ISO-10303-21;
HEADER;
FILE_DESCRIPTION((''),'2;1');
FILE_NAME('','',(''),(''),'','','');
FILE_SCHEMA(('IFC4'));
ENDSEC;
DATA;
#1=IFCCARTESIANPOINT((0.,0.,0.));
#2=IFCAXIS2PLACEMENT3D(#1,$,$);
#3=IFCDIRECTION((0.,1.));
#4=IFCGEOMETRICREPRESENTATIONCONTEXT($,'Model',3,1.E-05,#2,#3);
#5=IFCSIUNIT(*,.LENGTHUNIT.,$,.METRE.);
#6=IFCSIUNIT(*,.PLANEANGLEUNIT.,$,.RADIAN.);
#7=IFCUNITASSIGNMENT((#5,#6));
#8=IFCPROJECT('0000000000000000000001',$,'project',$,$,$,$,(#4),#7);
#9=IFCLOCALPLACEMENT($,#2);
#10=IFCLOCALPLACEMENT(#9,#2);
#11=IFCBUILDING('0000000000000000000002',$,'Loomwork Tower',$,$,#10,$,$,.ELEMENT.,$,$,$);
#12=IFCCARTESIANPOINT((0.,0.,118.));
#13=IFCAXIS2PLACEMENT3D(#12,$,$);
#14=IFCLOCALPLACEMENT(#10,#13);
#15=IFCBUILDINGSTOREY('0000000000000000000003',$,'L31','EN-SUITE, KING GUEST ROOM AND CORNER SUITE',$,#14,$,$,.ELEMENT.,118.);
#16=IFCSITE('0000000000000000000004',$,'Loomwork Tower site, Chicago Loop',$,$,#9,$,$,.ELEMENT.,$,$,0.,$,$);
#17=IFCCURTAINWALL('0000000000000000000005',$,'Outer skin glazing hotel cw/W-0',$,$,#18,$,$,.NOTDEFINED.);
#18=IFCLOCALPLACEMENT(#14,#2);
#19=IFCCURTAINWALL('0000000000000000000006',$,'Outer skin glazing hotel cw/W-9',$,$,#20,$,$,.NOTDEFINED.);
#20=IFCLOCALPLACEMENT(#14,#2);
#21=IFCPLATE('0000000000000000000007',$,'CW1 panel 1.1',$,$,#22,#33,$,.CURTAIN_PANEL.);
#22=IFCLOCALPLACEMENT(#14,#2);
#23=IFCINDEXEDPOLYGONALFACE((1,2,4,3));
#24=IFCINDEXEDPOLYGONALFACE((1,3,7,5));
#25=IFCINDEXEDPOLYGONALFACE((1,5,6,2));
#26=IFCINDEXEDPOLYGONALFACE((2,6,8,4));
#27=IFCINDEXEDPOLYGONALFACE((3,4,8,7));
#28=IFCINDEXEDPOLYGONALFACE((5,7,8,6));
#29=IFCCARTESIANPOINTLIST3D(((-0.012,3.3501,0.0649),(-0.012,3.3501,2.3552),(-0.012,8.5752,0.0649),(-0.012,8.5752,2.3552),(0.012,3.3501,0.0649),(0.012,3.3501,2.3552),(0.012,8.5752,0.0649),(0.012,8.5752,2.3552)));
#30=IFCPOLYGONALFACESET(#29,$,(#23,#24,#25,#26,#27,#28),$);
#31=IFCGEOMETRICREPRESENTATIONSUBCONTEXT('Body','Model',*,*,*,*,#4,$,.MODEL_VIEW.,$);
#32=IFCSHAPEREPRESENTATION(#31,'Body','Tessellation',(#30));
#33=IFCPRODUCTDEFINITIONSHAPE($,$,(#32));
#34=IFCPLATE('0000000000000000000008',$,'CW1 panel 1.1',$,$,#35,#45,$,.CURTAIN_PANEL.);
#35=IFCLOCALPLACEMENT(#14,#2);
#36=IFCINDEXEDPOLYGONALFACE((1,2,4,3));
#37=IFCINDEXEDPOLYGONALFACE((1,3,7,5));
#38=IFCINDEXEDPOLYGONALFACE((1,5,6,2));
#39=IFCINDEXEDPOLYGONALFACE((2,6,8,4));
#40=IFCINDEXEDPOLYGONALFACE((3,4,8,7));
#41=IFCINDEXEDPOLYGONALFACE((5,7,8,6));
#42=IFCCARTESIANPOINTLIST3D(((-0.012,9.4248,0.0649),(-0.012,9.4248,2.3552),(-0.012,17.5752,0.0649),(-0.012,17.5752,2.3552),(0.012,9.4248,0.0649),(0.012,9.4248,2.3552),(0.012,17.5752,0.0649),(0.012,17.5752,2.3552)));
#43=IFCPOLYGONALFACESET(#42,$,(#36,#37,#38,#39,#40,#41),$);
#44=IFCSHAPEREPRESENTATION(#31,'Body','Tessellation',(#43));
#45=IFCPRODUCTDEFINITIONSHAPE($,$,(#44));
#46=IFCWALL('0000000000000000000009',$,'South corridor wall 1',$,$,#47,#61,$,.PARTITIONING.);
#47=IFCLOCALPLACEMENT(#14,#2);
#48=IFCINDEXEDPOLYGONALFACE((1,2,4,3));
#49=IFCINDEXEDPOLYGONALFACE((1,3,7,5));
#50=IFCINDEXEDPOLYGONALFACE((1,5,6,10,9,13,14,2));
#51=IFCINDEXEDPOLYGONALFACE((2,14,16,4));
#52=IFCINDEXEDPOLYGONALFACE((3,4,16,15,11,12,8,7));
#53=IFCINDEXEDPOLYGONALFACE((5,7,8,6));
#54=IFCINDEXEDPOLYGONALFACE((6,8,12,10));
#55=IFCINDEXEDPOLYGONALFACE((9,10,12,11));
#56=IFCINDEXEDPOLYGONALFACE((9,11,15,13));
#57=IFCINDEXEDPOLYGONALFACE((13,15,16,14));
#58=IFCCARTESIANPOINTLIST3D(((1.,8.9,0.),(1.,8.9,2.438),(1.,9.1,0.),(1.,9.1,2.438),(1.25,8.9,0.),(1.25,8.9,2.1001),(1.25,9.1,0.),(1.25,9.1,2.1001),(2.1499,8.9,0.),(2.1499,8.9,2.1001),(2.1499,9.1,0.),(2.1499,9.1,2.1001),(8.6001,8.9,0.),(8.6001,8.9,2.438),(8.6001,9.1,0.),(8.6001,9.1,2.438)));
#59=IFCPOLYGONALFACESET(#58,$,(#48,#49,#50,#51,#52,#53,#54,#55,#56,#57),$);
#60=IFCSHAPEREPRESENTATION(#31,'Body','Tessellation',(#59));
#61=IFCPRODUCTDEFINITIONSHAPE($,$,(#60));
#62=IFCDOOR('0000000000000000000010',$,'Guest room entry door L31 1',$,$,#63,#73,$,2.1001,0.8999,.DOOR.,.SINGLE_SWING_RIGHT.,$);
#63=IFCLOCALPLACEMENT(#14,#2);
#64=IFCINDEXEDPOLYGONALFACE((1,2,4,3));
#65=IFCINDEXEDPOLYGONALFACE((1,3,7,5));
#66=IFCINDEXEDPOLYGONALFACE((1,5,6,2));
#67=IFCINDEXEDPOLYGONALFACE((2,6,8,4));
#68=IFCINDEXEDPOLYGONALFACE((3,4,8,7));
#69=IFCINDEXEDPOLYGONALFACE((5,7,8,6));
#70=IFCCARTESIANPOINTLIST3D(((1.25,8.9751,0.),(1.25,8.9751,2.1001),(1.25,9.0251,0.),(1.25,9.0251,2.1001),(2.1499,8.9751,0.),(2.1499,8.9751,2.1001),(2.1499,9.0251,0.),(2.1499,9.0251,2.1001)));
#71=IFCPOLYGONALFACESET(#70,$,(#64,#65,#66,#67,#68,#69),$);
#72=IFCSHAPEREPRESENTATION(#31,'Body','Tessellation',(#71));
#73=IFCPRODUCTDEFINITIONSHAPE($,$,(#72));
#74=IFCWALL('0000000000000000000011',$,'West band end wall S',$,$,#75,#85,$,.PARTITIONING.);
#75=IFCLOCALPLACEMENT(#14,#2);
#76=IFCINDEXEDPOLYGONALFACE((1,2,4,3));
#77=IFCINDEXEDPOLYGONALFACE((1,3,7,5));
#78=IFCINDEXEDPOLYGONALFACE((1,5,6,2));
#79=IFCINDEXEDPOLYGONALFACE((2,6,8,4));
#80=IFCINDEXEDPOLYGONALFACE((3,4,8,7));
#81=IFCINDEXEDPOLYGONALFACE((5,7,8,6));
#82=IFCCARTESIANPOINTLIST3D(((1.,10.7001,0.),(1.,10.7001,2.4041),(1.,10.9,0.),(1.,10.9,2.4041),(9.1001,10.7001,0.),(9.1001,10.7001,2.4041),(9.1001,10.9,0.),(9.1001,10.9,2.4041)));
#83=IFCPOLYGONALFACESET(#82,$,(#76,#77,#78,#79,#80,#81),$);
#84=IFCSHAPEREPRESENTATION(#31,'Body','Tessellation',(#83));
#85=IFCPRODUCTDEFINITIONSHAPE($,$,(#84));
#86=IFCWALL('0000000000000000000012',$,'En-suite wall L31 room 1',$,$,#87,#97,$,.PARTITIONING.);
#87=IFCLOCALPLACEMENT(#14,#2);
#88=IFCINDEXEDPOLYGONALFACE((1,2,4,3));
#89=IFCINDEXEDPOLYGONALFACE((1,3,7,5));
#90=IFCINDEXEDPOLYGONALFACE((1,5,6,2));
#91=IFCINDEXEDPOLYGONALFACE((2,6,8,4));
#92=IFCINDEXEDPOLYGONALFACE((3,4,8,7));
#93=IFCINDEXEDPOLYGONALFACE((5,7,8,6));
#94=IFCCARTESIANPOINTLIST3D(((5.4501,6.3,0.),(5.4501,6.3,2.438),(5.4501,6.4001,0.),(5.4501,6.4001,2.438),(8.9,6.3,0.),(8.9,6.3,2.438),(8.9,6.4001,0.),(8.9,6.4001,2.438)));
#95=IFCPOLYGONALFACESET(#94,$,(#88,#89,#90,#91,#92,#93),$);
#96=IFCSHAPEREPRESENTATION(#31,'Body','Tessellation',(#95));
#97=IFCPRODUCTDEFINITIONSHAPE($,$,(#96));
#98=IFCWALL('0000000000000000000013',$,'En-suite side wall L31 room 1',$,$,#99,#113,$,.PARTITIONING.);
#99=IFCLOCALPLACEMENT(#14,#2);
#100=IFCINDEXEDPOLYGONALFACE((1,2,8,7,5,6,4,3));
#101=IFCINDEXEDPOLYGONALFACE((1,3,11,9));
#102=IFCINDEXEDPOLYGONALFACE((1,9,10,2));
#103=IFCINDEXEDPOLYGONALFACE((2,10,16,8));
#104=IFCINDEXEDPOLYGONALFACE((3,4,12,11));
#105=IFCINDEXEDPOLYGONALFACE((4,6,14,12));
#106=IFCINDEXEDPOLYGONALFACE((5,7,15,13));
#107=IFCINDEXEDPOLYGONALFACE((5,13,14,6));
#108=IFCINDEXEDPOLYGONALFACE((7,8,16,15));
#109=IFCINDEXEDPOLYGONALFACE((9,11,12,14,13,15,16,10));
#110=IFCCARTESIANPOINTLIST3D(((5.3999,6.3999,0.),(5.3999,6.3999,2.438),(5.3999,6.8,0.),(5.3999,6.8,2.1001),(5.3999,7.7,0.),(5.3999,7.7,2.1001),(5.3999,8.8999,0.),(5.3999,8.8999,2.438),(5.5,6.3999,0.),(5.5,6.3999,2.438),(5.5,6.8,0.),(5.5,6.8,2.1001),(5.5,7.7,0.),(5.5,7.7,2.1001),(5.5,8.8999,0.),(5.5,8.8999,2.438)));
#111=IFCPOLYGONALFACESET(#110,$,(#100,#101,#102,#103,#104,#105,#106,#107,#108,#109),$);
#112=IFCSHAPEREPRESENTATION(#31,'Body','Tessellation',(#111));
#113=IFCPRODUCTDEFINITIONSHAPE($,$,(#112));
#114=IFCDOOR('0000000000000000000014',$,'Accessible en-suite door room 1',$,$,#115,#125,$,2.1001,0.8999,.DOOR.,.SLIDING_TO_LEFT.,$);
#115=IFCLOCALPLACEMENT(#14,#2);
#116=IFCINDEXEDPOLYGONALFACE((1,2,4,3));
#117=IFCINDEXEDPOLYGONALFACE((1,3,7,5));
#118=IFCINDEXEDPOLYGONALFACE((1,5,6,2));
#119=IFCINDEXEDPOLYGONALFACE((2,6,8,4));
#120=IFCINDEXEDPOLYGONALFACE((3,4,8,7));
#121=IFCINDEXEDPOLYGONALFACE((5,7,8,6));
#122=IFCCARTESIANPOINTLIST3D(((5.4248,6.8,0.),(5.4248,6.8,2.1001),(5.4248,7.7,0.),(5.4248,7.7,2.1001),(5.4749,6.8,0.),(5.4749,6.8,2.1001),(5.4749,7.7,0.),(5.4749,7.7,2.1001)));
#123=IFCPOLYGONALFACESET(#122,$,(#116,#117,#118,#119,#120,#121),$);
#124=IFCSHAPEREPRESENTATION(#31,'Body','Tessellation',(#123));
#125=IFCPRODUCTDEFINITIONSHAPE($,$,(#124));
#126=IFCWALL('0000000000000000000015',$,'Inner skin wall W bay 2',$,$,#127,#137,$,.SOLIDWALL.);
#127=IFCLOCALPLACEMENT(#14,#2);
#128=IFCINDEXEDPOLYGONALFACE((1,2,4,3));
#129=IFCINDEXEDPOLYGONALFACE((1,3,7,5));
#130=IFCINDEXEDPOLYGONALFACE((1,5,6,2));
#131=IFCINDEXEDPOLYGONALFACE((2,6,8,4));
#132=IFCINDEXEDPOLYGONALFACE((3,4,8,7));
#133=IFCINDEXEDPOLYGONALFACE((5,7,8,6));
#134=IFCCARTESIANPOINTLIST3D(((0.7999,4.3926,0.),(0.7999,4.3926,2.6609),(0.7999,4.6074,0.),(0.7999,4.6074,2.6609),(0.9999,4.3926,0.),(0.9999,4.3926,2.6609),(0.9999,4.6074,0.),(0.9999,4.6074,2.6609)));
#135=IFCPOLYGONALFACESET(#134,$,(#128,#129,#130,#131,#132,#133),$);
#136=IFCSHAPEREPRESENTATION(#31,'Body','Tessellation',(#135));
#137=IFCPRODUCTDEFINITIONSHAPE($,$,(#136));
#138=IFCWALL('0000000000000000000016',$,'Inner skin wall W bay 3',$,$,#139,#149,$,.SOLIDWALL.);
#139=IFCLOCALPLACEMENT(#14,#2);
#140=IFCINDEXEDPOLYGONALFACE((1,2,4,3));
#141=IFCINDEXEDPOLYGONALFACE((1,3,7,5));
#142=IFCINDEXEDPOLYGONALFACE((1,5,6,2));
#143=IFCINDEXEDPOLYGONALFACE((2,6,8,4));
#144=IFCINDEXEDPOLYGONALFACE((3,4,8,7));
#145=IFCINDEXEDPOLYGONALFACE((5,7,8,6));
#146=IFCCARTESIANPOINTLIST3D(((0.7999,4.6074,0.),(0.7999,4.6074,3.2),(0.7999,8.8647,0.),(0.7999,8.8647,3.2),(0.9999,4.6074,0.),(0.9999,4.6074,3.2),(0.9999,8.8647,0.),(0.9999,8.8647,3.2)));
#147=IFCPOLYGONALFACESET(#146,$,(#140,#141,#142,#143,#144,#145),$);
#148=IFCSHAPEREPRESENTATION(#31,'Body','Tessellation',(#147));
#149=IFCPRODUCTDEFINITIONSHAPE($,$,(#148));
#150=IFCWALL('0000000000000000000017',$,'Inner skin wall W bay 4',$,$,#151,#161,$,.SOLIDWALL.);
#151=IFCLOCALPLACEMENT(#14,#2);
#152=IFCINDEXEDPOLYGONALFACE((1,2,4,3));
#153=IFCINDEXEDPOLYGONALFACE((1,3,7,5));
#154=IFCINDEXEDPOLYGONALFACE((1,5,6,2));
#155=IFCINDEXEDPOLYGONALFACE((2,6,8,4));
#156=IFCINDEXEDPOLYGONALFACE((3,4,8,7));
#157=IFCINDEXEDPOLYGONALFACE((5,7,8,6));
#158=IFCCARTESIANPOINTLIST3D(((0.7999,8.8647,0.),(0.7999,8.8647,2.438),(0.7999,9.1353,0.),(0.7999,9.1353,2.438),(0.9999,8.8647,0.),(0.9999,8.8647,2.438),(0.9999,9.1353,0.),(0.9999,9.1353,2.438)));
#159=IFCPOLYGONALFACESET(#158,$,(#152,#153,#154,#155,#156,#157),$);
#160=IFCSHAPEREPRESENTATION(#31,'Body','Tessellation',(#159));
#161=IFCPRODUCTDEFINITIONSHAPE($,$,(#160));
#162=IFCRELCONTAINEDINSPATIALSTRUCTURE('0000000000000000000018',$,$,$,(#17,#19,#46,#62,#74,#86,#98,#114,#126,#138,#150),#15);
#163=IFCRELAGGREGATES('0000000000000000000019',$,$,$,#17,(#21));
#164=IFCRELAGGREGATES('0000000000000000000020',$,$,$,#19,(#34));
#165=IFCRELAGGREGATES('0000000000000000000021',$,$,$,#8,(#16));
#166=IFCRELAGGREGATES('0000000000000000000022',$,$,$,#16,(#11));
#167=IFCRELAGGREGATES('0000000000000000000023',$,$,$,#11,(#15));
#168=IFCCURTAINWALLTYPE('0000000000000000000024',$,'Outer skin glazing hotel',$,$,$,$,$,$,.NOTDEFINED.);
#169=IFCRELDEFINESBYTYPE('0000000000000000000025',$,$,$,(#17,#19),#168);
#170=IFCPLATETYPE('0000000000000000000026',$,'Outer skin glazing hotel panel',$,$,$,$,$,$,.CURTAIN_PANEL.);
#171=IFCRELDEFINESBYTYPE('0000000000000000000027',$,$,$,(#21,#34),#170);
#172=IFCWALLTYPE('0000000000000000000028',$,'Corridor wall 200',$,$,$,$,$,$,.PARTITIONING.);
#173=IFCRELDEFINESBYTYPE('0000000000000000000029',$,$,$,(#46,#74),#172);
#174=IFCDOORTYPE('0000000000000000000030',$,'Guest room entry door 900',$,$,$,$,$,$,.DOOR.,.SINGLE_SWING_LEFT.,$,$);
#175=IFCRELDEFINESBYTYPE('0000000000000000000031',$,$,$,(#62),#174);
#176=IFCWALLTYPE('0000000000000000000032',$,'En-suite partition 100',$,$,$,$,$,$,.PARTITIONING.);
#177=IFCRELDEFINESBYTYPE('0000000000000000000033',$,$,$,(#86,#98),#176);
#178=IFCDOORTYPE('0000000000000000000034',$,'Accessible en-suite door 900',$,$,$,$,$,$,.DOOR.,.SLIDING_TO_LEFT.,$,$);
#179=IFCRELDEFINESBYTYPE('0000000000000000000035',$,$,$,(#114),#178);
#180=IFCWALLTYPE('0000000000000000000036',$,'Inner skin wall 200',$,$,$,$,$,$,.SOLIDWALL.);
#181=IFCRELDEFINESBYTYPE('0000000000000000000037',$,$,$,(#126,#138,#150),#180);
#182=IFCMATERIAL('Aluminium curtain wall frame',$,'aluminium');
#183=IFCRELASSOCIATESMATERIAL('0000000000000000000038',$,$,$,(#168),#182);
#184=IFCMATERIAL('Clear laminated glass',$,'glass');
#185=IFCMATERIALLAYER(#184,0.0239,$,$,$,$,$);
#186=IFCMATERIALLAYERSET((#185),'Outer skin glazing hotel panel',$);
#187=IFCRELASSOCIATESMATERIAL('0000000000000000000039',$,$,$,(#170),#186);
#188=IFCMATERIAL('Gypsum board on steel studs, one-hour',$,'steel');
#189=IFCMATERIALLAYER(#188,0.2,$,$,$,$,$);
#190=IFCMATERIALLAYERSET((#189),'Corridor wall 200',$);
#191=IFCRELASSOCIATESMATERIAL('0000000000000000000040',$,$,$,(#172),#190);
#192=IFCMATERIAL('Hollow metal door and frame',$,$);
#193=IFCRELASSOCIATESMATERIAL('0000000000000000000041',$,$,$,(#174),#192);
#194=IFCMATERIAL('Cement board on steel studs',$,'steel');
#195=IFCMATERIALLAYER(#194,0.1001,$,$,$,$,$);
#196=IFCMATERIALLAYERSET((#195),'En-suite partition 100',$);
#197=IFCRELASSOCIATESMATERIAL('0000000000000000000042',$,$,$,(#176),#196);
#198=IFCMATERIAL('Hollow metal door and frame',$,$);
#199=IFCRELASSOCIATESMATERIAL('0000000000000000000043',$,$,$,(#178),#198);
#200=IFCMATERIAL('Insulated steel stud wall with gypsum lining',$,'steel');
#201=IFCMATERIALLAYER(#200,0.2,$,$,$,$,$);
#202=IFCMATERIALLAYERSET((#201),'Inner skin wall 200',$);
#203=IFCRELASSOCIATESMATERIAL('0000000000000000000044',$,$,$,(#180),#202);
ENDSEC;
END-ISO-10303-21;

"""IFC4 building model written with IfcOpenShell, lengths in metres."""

from ifc_helpers import new_model, si_unit, direction, frame, frame_2d, origin, origin_2d, place, context, subcontext, project, spatial, rectangle, extrude, material, layer, layer_set, type_object, element, fill, aggregate, save


model = new_model("IFC4")

# Units and contexts
model_context = context("Model", 3, precision=1e-05, world=origin(), true_north=direction((0.0, 1.0)))
body_context = subcontext(model_context, "Body", "Model", "MODEL_VIEW")
ifc_project = project(units=[si_unit("LENGTHUNIT", "METRE"), si_unit("PLANEANGLEUNIT", "RADIAN")], contexts=[model_context])

# Site, building, storey
site_placement = place(None, origin())
site = spatial("IfcSite", under=ifc_project, at=site_placement, Name="Loomwork Tower site, Chicago Loop", CompositionType="ELEMENT", RefElevation=0.0)
building_placement = place(site_placement, origin())
building = spatial("IfcBuilding", under=site, at=building_placement, Name="Loomwork Tower", CompositionType="ELEMENT")
storey_placement = place(building_placement, frame((0.0, 0.0, 118.0)))
storey = spatial("IfcBuildingStorey", under=building, at=storey_placement, Name="L31", Description="EN-SUITE, KING GUEST ROOM AND CORNER SUITE", CompositionType="ELEMENT", Elevation=118.0)

# Curtain wall
ifc_material_1 = material(Name="Aluminium curtain wall frame", Category="aluminium")
curtain_wall_type = type_object("IfcCurtainWallType", Name="Outer skin glazing hotel", PredefinedType="NOTDEFINED", material=ifc_material_1)
curtain_wall_1_placement = place(storey_placement, origin())
curtain_wall_1 = element("IfcCurtainWall", 1, at=curtain_wall_1_placement, inside=storey, type_object=curtain_wall_type, Name="Outer skin glazing hotel cw/W-0", PredefinedType="NOTDEFINED")

# Curtain wall
curtain_wall_2_placement = place(storey_placement, origin())
curtain_wall_2 = element("IfcCurtainWall", 2, at=curtain_wall_2_placement, inside=storey, type_object=curtain_wall_type, Name="Outer skin glazing hotel cw/W-9", PredefinedType="NOTDEFINED")

# Plates
ifc_material_2 = material(Name="Clear laminated glass", Category="glass")
ifc_layer_1 = layer(ifc_material_2, 0.0239)
ifc_layer_set_1 = layer_set([ifc_layer_1], Name="Outer skin glazing hotel panel")
plate_type = type_object("IfcPlateType", Name="Outer skin glazing hotel panel", PredefinedType="CURTAIN_PANEL", material=ifc_layer_set_1)
plate_1_placement = place(storey_placement, frame((0.0, 5.9626, 0.0649), z_axis=(0.0, 0.0, 1.0), x_axis=(0.0, -1.0, 0.0)))
plate_1 = element("IfcPlate", 3, at=plate_1_placement, type_object=plate_type, Name="CW1 panel 1.1", PredefinedType="CURTAIN_PANEL", context=body_context, shape_type="SweptSolid", body=[
    extrude(rectangle(XDim=5.2251, YDim=0.0239, at=origin_2d()), origin(), (0.0, 0.0, 1.0), 2.2903),
])
aggregate(curtain_wall_1, [plate_1])
plate_2_placement = place(storey_placement, frame((0.0, 13.5, 0.0649), z_axis=(0.0, 0.0, 1.0), x_axis=(0.0, -1.0, 0.0)))
plate_2 = element("IfcPlate", 4, at=plate_2_placement, type_object=plate_type, Name="CW1 panel 1.1", PredefinedType="CURTAIN_PANEL", context=body_context, shape_type="SweptSolid", body=[
    extrude(rectangle(XDim=8.1504, YDim=0.0239, at=origin_2d()), origin(), (0.0, 0.0, 1.0), 2.2903),
])
aggregate(curtain_wall_2, [plate_2])

# Wall, opening, door
ifc_material_3 = material(Name="Gypsum board on steel studs, one-hour", Category="steel")
ifc_layer_2 = layer(ifc_material_3, 0.2)
ifc_layer_set_2 = layer_set([ifc_layer_2], Name="Corridor wall 200")
wall_type_1 = type_object("IfcWallType", Name="Corridor wall 200", PredefinedType="PARTITIONING", material=ifc_layer_set_2)
wall_1_placement = place(storey_placement, frame((1.0, 9.0, 0.0), z_axis=(0.0, 0.0, 1.0), x_axis=(1.0, 0.0, 0.0)))
wall_1 = element("IfcWall", 5, at=wall_1_placement, inside=storey, type_object=wall_type_1, Name="South corridor wall 1", PredefinedType="PARTITIONING", context=body_context, shape_type="SweptSolid", body=[
    extrude(rectangle(XDim=7.6001, YDim=0.2, at=frame_2d((3.8, 0.0))), origin(), (0.0, 0.0, 1.0), 2.438),
])
opening_1_placement = place(wall_1_placement, frame((0.25, 0.0, 0.0)))
opening_1 = element("IfcOpeningElement", 6, at=opening_1_placement, cuts=wall_1, PredefinedType="OPENING", context=body_context, shape_type="SweptSolid", body=[
    extrude(rectangle(XDim=0.8999, YDim=2.1001, at=frame_2d((0.45, 1.05))), frame((0.0, 0.1099, 0.0), z_axis=(0.0, -1.0, 0.0), x_axis=(1.0, 0.0, 0.0)), (0.0, 0.0, 1.0), 0.22),
])
ifc_material_4 = material(Name="Hollow metal door and frame")
door_type_1 = type_object("IfcDoorType", Name="Guest room entry door 900", OperationType="SINGLE_SWING_LEFT", PredefinedType="DOOR", material=ifc_material_4)
door_1_placement = place(opening_1_placement, frame((0.8999, 0.0, 0.0), z_axis=(0.0, 0.0, 1.0), x_axis=(-1.0, 0.0, 0.0)))
door_1 = element("IfcDoor", 7, at=door_1_placement, inside=storey, type_object=door_type_1, Name="Guest room entry door L31 1", OperationType="SINGLE_SWING_RIGHT", OverallHeight=2.1001, OverallWidth=0.8999, PredefinedType="DOOR", context=body_context, shape_type="SweptSolid", body=[
    extrude(rectangle(XDim=0.8999, YDim=2.1001, at=frame_2d((0.45, 1.05))), frame((0.0, 0.0249, 0.0), z_axis=(0.0, -1.0, 0.0), x_axis=(1.0, 0.0, 0.0)), (0.0, 0.0, 1.0), 0.05),
])
fill(opening_1, door_1)

# Walls
wall_2_placement = place(storey_placement, frame((1.0, 10.8, 0.0), z_axis=(0.0, 0.0, 1.0), x_axis=(1.0, 0.0, 0.0)))
element("IfcWall", 8, at=wall_2_placement, inside=storey, type_object=wall_type_1, Name="West band end wall S", PredefinedType="PARTITIONING", context=body_context, shape_type="SweptSolid", body=[
    extrude(rectangle(XDim=8.1001, YDim=0.2, at=frame_2d((4.05, 0.0))), origin(), (0.0, 0.0, 1.0), 2.4041),
])
ifc_material_5 = material(Name="Cement board on steel studs", Category="steel")
ifc_layer_3 = layer(ifc_material_5, 0.1001)
ifc_layer_set_3 = layer_set([ifc_layer_3], Name="En-suite partition 100")
wall_type_2 = type_object("IfcWallType", Name="En-suite partition 100", PredefinedType="PARTITIONING", material=ifc_layer_set_3)
wall_3_placement = place(storey_placement, frame((5.45, 6.3501, 0.0), z_axis=(0.0, 0.0, 1.0), x_axis=(1.0, 0.0, 0.0)))
element("IfcWall", 9, at=wall_3_placement, inside=storey, type_object=wall_type_2, Name="En-suite wall L31 room 1", PredefinedType="PARTITIONING", context=body_context, shape_type="SweptSolid", body=[
    extrude(rectangle(XDim=3.45, YDim=0.1001, at=frame_2d((1.7251, 0.0))), origin(), (0.0, 0.0, 1.0), 2.438),
])

# Wall, opening, door
wall_4_placement = place(storey_placement, frame((5.45, 8.8999, 0.0), z_axis=(0.0, 0.0, 1.0), x_axis=(0.0, -1.0, 0.0)))
wall_4 = element("IfcWall", 10, at=wall_4_placement, inside=storey, type_object=wall_type_2, Name="En-suite side wall L31 room 1", PredefinedType="PARTITIONING", context=body_context, shape_type="SweptSolid", body=[
    extrude(rectangle(XDim=2.5, YDim=0.1001, at=frame_2d((1.25, 0.0))), origin(), (0.0, 0.0, 1.0), 2.438),
])
opening_2_placement = place(wall_4_placement, frame((1.2, 0.0, 0.0)))
opening_2 = element("IfcOpeningElement", 11, at=opening_2_placement, cuts=wall_4, PredefinedType="OPENING", context=body_context, shape_type="SweptSolid", body=[
    extrude(rectangle(XDim=0.8999, YDim=2.1001, at=frame_2d((0.45, 1.05))), frame((0.0, 0.0601, 0.0), z_axis=(0.0, -1.0, 0.0), x_axis=(1.0, 0.0, 0.0)), (0.0, 0.0, 1.0), 0.1201),
])
ifc_material_6 = material(Name="Hollow metal door and frame")
door_type_2 = type_object("IfcDoorType", Name="Accessible en-suite door 900", OperationType="SLIDING_TO_LEFT", PredefinedType="DOOR", material=ifc_material_6)
door_2_placement = place(opening_2_placement, origin())
door_2 = element("IfcDoor", 12, at=door_2_placement, inside=storey, type_object=door_type_2, Name="Accessible en-suite door room 1", OperationType="SLIDING_TO_LEFT", OverallHeight=2.1001, OverallWidth=0.8999, PredefinedType="DOOR", context=body_context, shape_type="SweptSolid", body=[
    extrude(rectangle(XDim=0.8999, YDim=2.1001, at=frame_2d((0.45, 1.05))), frame((0.0, 0.0249, 0.0), z_axis=(0.0, -1.0, 0.0), x_axis=(1.0, 0.0, 0.0)), (0.0, 0.0, 1.0), 0.05),
])
fill(opening_2, door_2)

# Walls
ifc_material_7 = material(Name="Insulated steel stud wall with gypsum lining", Category="steel")
ifc_layer_4 = layer(ifc_material_7, 0.2)
ifc_layer_set_4 = layer_set([ifc_layer_4], Name="Inner skin wall 200")
wall_type_3 = type_object("IfcWallType", Name="Inner skin wall 200", PredefinedType="SOLIDWALL", material=ifc_layer_set_4)
wall_5_placement = place(storey_placement, frame((0.8999, 4.3926, 0.0), z_axis=(0.0, 0.0, 1.0), x_axis=(0.0, 1.0, 0.0)))
element("IfcWall", 13, at=wall_5_placement, inside=storey, type_object=wall_type_3, Name="Inner skin wall W bay 2", PredefinedType="SOLIDWALL", context=body_context, shape_type="SweptSolid", body=[
    extrude(rectangle(XDim=0.2148, YDim=0.2, at=frame_2d((0.1074, 0.0))), origin(), (0.0, 0.0, 1.0), 2.6609),
])
wall_6_placement = place(storey_placement, frame((0.8999, 4.6074, 0.0), z_axis=(0.0, 0.0, 1.0), x_axis=(0.0, 1.0, 0.0)))
element("IfcWall", 14, at=wall_6_placement, inside=storey, type_object=wall_type_3, Name="Inner skin wall W bay 3", PredefinedType="SOLIDWALL", context=body_context, shape_type="SweptSolid", body=[
    extrude(rectangle(XDim=4.2573, YDim=0.2, at=frame_2d((2.1287, 0.0))), origin(), (0.0, 0.0, 1.0), 3.2),
])
wall_7_placement = place(storey_placement, frame((0.8999, 8.8647, 0.0), z_axis=(0.0, 0.0, 1.0), x_axis=(0.0, 1.0, 0.0)))
element("IfcWall", 15, at=wall_7_placement, inside=storey, type_object=wall_type_3, Name="Inner skin wall W bay 4", PredefinedType="SOLIDWALL", context=body_context, shape_type="SweptSolid", body=[
    extrude(rectangle(XDim=0.2705, YDim=0.2, at=frame_2d((0.1353, 0.0))), origin(), (0.0, 0.0, 1.0), 2.438),
])

save(model, "model.ifc")
